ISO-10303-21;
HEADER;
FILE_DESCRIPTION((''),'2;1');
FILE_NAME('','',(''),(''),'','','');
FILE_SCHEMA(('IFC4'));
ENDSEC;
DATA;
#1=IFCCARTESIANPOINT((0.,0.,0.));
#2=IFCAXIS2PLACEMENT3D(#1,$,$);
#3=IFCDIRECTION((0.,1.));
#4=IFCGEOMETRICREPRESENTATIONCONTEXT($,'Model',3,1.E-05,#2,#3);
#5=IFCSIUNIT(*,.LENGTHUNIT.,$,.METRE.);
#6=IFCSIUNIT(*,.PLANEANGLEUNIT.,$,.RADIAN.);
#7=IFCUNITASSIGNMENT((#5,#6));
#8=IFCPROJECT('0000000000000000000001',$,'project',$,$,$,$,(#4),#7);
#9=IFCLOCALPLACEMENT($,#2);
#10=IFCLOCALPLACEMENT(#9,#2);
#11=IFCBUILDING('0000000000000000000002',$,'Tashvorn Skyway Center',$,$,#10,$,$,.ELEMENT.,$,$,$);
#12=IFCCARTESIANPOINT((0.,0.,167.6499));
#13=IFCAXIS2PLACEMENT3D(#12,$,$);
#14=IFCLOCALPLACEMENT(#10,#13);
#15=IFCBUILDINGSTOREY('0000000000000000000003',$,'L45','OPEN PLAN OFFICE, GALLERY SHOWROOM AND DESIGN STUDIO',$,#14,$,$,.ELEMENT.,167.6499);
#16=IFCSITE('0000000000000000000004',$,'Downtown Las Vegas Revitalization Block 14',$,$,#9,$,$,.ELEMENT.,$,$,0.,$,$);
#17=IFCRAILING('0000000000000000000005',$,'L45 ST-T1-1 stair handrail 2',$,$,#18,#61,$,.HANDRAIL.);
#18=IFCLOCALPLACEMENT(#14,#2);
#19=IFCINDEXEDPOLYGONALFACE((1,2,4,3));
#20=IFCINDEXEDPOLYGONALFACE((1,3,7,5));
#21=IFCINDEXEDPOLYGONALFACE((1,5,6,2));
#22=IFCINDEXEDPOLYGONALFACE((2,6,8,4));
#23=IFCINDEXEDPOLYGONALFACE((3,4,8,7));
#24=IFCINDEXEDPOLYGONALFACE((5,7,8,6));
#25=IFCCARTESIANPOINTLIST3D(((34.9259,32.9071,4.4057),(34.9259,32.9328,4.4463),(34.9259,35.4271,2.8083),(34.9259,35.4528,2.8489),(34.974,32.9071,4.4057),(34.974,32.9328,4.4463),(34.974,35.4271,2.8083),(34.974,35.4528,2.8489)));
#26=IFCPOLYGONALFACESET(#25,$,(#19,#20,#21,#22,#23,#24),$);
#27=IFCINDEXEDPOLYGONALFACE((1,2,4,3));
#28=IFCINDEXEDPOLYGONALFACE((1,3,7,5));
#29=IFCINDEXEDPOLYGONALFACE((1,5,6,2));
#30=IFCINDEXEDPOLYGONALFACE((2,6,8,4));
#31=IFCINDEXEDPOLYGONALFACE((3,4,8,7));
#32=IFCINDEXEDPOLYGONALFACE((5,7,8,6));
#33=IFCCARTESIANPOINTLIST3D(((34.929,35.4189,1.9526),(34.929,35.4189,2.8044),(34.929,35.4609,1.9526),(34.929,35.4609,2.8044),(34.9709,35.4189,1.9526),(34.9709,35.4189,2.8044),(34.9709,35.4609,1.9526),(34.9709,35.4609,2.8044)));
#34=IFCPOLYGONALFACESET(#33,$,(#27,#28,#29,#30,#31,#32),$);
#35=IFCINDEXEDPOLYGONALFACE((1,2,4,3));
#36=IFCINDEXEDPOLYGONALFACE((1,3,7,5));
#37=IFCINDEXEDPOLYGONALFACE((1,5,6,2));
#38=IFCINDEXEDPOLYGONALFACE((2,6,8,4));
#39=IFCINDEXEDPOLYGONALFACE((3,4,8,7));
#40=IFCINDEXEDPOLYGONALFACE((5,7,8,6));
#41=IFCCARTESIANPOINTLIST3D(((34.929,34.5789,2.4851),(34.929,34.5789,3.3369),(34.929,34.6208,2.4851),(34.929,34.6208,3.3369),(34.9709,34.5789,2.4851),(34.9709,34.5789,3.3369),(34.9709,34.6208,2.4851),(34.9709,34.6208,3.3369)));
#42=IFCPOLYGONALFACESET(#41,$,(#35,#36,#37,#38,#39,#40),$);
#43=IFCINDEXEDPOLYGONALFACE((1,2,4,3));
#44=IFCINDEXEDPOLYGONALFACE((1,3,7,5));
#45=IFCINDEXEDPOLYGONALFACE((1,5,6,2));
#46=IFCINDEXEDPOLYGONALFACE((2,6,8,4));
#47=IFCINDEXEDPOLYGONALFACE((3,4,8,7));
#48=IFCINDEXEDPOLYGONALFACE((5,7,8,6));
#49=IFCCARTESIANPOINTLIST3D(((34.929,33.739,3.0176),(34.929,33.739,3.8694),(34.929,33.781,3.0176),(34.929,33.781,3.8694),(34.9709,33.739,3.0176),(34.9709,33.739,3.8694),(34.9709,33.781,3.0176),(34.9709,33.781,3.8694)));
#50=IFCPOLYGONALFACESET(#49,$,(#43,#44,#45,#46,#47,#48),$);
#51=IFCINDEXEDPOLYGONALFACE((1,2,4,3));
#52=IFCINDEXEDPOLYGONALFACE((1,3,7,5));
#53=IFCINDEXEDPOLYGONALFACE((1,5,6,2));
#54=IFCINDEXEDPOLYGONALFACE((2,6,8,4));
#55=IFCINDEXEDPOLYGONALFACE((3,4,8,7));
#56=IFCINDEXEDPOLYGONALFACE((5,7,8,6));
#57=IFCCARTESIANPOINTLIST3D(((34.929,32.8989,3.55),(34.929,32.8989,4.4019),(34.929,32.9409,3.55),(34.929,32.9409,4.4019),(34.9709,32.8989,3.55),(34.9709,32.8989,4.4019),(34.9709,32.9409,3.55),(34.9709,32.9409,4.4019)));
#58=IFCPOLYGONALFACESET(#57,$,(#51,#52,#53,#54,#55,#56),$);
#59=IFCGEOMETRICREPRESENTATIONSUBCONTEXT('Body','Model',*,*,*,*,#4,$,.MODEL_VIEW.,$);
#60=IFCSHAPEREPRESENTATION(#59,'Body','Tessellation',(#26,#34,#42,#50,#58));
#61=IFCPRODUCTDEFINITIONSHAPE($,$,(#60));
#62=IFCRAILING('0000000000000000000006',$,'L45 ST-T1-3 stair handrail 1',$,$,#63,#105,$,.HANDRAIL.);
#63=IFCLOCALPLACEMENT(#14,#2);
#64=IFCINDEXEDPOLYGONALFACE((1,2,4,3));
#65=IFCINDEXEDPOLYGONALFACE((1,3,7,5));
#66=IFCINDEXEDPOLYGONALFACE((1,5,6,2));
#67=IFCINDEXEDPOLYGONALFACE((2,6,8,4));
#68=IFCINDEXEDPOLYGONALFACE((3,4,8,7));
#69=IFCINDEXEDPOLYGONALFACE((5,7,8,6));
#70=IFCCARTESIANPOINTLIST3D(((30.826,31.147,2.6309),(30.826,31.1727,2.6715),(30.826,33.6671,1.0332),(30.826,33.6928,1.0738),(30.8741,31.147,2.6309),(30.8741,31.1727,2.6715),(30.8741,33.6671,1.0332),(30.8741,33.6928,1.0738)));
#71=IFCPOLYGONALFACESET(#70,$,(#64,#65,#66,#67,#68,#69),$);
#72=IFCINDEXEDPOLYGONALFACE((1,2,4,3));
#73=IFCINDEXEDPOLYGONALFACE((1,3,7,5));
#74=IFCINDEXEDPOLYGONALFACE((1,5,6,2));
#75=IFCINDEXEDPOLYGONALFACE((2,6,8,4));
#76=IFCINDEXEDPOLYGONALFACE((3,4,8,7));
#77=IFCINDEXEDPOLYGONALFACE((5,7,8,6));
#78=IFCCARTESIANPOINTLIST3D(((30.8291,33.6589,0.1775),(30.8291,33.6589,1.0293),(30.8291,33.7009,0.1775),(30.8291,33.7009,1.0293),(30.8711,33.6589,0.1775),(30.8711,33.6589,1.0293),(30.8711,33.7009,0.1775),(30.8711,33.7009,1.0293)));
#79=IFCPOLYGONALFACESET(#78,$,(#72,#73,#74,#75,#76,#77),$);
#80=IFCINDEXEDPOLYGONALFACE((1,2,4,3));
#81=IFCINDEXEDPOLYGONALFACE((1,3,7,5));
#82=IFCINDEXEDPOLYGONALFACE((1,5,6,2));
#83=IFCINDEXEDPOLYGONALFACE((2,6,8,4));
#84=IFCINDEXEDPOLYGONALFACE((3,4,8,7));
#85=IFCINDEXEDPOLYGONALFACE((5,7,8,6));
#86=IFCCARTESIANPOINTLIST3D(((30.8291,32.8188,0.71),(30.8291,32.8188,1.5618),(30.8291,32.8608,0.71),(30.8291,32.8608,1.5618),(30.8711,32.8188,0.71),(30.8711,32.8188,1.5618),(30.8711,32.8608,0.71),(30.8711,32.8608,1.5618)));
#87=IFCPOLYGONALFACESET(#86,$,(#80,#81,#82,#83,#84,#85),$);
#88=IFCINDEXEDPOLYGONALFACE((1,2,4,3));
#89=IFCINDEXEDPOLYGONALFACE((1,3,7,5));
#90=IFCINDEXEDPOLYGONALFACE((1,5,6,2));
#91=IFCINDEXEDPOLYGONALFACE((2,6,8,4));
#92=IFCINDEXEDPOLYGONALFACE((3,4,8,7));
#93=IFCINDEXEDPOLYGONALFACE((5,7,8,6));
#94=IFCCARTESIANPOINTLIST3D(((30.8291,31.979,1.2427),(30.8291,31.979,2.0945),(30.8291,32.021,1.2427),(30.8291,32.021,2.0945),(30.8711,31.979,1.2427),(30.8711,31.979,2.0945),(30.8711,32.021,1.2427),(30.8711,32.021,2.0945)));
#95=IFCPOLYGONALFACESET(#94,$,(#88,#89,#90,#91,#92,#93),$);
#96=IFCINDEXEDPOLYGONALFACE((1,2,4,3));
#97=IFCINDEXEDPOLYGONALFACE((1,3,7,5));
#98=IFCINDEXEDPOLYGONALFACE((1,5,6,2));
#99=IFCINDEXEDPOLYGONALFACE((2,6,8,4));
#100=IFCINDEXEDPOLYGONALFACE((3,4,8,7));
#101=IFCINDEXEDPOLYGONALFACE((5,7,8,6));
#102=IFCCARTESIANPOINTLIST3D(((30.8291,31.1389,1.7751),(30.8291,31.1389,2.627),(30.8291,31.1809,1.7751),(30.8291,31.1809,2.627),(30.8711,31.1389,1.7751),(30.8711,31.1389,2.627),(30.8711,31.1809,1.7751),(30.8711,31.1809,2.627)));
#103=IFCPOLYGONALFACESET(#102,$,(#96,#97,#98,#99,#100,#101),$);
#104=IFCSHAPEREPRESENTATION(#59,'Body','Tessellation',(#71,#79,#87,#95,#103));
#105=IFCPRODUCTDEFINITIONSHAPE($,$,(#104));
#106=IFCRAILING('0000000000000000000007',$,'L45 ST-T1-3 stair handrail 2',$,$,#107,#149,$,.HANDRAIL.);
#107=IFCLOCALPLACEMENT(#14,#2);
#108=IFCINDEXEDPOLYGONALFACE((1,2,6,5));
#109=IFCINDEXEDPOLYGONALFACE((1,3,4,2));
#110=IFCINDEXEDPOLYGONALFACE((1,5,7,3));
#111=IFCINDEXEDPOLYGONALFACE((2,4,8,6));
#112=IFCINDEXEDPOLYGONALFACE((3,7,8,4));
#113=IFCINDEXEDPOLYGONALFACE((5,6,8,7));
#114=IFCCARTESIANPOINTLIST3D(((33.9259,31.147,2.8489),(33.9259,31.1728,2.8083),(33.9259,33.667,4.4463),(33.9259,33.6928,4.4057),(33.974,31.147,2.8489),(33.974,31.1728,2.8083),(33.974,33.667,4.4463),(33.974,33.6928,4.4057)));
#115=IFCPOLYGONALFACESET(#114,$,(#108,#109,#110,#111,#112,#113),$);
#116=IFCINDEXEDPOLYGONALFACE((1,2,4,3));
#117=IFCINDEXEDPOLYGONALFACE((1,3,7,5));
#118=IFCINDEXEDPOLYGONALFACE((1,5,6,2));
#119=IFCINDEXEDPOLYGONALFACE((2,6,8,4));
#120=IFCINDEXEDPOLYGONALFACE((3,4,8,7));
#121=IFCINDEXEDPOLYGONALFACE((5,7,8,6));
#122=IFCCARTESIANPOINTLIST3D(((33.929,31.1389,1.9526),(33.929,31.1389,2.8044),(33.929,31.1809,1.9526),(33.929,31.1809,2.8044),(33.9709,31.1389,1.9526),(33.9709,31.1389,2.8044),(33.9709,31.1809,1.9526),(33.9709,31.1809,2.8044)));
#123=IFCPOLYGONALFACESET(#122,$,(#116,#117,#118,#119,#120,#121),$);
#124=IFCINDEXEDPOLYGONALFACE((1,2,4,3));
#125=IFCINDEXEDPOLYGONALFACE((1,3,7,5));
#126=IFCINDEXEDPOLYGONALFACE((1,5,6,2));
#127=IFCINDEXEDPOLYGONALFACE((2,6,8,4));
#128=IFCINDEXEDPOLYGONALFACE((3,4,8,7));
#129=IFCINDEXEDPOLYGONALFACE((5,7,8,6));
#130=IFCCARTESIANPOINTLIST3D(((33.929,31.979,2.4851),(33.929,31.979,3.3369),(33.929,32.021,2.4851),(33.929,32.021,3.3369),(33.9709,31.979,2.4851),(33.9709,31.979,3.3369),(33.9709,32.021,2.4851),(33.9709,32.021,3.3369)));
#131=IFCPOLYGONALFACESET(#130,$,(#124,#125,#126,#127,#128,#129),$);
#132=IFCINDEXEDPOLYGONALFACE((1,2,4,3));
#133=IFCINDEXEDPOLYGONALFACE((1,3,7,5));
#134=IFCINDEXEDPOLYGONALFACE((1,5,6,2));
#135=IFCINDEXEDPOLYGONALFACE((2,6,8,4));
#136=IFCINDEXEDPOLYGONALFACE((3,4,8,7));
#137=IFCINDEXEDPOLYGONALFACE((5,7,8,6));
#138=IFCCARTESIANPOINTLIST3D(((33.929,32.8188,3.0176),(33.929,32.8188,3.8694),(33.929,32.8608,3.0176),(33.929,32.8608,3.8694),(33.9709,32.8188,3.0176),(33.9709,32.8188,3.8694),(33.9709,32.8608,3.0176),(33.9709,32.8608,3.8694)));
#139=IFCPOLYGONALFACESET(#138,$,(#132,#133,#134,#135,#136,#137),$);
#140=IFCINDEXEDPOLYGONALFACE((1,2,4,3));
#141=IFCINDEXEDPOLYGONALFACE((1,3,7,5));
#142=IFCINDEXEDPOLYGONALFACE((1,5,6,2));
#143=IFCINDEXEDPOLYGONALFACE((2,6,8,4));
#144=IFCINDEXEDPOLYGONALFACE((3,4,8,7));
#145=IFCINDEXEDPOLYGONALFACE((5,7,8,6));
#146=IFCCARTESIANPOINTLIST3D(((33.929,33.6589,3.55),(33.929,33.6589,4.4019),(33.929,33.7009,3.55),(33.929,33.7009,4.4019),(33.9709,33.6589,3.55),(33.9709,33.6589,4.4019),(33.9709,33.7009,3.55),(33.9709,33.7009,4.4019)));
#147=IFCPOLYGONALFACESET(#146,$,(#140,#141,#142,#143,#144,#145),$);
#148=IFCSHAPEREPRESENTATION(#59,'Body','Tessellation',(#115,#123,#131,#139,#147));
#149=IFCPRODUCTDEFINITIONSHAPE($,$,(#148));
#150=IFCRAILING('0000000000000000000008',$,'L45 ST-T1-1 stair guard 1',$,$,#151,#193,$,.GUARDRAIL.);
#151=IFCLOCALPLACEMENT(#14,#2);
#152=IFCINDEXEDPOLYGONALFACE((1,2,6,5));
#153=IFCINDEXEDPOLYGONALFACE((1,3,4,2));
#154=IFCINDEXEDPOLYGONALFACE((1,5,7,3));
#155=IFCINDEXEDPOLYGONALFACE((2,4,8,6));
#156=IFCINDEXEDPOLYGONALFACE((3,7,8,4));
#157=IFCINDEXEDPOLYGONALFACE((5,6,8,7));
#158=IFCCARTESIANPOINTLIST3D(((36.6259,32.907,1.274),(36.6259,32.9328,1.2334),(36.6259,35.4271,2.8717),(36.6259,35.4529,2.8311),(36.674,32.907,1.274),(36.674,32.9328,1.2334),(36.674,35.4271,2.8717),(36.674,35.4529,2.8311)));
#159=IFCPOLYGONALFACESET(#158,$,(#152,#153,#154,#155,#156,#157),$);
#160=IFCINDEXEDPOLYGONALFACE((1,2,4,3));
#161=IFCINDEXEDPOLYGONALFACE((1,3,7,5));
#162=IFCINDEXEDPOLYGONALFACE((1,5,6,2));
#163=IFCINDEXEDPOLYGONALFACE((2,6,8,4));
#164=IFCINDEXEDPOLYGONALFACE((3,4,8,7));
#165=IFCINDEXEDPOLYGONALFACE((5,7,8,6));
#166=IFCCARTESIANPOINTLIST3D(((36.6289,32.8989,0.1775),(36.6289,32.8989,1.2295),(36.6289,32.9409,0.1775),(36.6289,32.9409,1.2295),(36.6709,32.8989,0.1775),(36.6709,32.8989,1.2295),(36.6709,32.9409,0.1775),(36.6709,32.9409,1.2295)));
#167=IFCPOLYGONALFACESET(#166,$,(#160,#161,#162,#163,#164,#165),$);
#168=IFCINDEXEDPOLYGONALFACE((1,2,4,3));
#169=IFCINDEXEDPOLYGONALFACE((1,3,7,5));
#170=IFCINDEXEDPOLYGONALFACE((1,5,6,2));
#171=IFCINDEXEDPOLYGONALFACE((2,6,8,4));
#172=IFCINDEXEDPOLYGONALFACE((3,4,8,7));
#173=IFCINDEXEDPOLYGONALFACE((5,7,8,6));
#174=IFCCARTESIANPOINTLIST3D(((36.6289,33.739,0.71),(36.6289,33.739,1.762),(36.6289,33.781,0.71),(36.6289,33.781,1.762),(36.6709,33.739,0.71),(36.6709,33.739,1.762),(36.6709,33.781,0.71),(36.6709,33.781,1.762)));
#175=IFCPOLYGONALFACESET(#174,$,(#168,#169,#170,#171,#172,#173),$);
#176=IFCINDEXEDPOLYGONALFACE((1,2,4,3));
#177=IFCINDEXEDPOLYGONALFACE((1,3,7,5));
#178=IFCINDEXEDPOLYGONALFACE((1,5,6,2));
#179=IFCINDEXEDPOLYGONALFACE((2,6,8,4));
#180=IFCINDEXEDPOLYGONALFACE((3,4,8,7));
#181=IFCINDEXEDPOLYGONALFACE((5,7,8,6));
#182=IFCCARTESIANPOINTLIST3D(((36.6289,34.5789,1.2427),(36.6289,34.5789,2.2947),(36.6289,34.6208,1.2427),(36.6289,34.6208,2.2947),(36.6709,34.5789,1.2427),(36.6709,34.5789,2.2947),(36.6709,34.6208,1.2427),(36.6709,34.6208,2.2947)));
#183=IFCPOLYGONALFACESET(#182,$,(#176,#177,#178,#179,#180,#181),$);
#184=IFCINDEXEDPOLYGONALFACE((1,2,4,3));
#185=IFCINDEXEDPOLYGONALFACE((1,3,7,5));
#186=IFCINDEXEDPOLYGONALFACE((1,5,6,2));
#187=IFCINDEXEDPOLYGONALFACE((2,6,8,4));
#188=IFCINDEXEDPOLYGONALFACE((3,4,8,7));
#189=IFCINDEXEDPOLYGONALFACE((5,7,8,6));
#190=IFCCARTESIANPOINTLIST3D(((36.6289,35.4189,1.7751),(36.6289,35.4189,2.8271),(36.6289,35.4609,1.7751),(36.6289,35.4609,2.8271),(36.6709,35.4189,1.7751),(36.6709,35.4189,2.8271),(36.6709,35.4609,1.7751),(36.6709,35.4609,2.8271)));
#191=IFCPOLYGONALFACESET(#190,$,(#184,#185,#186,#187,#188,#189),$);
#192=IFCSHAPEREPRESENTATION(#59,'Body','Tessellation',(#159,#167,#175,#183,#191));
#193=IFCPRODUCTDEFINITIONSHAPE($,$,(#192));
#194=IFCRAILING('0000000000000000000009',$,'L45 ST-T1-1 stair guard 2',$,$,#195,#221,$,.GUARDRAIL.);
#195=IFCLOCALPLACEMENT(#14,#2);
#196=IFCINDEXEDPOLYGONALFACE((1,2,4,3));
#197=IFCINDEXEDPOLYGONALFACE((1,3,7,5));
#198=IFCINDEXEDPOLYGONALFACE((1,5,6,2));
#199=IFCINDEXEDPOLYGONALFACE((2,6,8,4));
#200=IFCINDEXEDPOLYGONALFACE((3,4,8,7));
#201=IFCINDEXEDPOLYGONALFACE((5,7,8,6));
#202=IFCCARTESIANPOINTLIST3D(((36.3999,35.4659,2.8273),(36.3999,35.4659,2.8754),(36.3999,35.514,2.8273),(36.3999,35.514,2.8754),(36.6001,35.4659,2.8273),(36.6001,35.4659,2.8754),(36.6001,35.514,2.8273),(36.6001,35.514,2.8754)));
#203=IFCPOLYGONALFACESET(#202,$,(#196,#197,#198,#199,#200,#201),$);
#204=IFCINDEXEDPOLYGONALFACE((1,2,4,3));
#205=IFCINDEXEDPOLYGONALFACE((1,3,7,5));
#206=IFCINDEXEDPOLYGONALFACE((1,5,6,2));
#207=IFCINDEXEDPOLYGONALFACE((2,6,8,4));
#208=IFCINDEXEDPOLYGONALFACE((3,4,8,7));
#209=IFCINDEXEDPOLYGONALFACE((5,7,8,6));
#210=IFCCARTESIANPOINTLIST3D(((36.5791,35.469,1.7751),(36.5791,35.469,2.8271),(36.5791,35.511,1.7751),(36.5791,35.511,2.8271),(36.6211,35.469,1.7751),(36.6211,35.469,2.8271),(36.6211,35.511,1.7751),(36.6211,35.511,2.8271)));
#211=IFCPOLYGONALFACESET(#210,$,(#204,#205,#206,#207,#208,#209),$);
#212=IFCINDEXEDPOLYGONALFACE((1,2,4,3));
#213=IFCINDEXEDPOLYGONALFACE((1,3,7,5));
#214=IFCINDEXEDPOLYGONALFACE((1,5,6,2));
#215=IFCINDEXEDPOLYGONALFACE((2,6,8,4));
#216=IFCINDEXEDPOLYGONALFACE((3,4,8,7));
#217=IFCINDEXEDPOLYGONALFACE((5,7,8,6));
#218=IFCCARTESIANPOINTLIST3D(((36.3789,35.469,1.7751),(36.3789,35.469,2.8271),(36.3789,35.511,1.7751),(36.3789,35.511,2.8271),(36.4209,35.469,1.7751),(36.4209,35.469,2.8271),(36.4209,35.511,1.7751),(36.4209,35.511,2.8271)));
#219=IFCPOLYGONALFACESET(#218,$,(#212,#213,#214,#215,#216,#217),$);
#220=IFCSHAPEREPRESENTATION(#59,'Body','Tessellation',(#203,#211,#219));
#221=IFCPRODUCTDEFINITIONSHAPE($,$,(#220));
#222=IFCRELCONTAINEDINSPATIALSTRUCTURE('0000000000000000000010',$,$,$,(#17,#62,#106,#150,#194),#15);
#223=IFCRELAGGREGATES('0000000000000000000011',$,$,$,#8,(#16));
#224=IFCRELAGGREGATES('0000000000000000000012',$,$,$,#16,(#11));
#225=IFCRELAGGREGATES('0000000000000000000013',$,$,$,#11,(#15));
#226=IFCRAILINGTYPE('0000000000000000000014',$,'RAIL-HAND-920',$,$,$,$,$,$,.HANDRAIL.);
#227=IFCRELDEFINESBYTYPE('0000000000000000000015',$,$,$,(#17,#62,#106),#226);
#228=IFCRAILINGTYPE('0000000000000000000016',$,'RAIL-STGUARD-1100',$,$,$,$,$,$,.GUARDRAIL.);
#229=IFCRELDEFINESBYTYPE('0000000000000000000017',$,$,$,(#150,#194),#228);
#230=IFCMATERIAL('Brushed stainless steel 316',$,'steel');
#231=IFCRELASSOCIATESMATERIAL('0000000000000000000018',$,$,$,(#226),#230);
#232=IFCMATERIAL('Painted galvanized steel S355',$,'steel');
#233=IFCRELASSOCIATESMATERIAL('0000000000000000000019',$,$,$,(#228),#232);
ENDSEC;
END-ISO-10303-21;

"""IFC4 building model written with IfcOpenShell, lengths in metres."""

from ifc_helpers import new_model, si_unit, direction, frame, origin, origin_2d, place, context, subcontext, project, spatial, rectangle, extrude, material, type_object, element, save


model = new_model("IFC4")

# Units and contexts
model_context = context("Model", 3, precision=1e-05, world=origin(), true_north=direction((0.0, 1.0)))
body_context = subcontext(model_context, "Body", "Model", "MODEL_VIEW")
ifc_project = project(units=[si_unit("LENGTHUNIT", "METRE"), si_unit("PLANEANGLEUNIT", "RADIAN")], contexts=[model_context])

# Site, building, storey
site_placement = place(None, origin())
site = spatial("IfcSite", under=ifc_project, at=site_placement, Name="Downtown Las Vegas Revitalization Block 14", CompositionType="ELEMENT", RefElevation=0.0)
building_placement = place(site_placement, origin())
building = spatial("IfcBuilding", under=site, at=building_placement, Name="Tashvorn Skyway Center", CompositionType="ELEMENT")
storey_placement = place(building_placement, frame((0.0, 0.0, 167.6499)))
storey = spatial("IfcBuildingStorey", under=building, at=storey_placement, Name="L45", Description="OPEN PLAN OFFICE, GALLERY SHOWROOM AND DESIGN STUDIO", CompositionType="ELEMENT", Elevation=167.6499)

# Railings
ifc_material_1 = material(Name="Brushed stainless steel 316", Category="steel")
railing_type_1 = type_object("IfcRailingType", Name="RAIL-HAND-920", PredefinedType="HANDRAIL", material=ifc_material_1)
railing_1_placement = place(storey_placement, frame((34.95, 35.4399, 1.9526)))
element("IfcRailing", 1, at=railing_1_placement, inside=storey, type_object=railing_type_1, Name="L45 ST-T1-1 stair handrail 2", PredefinedType="HANDRAIL", context=body_context, shape_type="SweptSolid", body=[
    extrude(rectangle(XDim=0.0481, YDim=0.0481, at=origin_2d()), frame((0.0, 0.0, 0.876), z_axis=(0.0, -0.844607, 0.535387), x_axis=(1.0, 0.0, 0.0)), (0.0, 0.0, 1.0), 2.9836),
    extrude(rectangle(XDim=0.042, YDim=0.042, at=origin_2d()), origin(), (0.0, 0.0, 1.0), 0.8518),
    extrude(rectangle(XDim=0.042, YDim=0.042, at=origin_2d()), frame((0.0, -0.8401, 0.5325)), (0.0, 0.0, 1.0), 0.8518),
    extrude(rectangle(XDim=0.042, YDim=0.042, at=origin_2d()), frame((0.0, -1.6799, 1.0649)), (0.0, 0.0, 1.0), 0.8518),
    extrude(rectangle(XDim=0.042, YDim=0.042, at=origin_2d()), frame((0.0, -2.52, 1.5974)), (0.0, 0.0, 1.0), 0.8518),
])
railing_2_placement = place(storey_placement, frame((30.8501, 33.6799, 0.1775)))
element("IfcRailing", 2, at=railing_2_placement, inside=storey, type_object=railing_type_1, Name="L45 ST-T1-3 stair handrail 1", PredefinedType="HANDRAIL", context=body_context, shape_type="SweptSolid", body=[
    extrude(rectangle(XDim=0.0481, YDim=0.0481, at=origin_2d()), frame((0.0, 0.0, 0.876), z_axis=(0.0, -0.84457, 0.535445), x_axis=(1.0, 0.0, 0.0)), (0.0, 0.0, 1.0), 2.9839),
    extrude(rectangle(XDim=0.042, YDim=0.042, at=origin_2d()), origin(), (0.0, 0.0, 1.0), 0.8518),
    extrude(rectangle(XDim=0.042, YDim=0.042, at=origin_2d()), frame((0.0, -0.8401, 0.5325)), (0.0, 0.0, 1.0), 0.8518),
    extrude(rectangle(XDim=0.042, YDim=0.042, at=origin_2d()), frame((0.0, -1.6799, 1.0652)), (0.0, 0.0, 1.0), 0.8518),
    extrude(rectangle(XDim=0.042, YDim=0.042, at=origin_2d()), frame((0.0, -2.52, 1.5977)), (0.0, 0.0, 1.0), 0.8518),
])
railing_3_placement = place(storey_placement, frame((33.95, 31.1599, 1.9526)))
element("IfcRailing", 3, at=railing_3_placement, inside=storey, type_object=railing_type_1, Name="L45 ST-T1-3 stair handrail 2", PredefinedType="HANDRAIL", context=body_context, shape_type="SweptSolid", body=[
    extrude(rectangle(XDim=0.0481, YDim=0.0481, at=origin_2d()), frame((0.0, 0.0, 0.876), z_axis=(0.0, 0.844607, 0.535387), x_axis=(-1.0, 0.0, 0.0)), (0.0, 0.0, 1.0), 2.9836),
    extrude(rectangle(XDim=0.042, YDim=0.042, at=origin_2d()), origin(), (0.0, 0.0, 1.0), 0.8518),
    extrude(rectangle(XDim=0.042, YDim=0.042, at=origin_2d()), frame((0.0, 0.8401, 0.5325)), (0.0, 0.0, 1.0), 0.8518),
    extrude(rectangle(XDim=0.042, YDim=0.042, at=origin_2d()), frame((0.0, 1.6799, 1.0649)), (0.0, 0.0, 1.0), 0.8518),
    extrude(rectangle(XDim=0.042, YDim=0.042, at=origin_2d()), frame((0.0, 2.52, 1.5974)), (0.0, 0.0, 1.0), 0.8518),
])
ifc_material_2 = material(Name="Painted galvanized steel S355", Category="steel")
railing_type_2 = type_object("IfcRailingType", Name="RAIL-STGUARD-1100", PredefinedType="GUARDRAIL", material=ifc_material_2)
railing_4_placement = place(storey_placement, frame((36.6499, 32.9199, 0.1775)))
element("IfcRailing", 4, at=railing_4_placement, inside=storey, type_object=railing_type_2, Name="L45 ST-T1-1 stair guard 1", PredefinedType="GUARDRAIL", context=body_context, shape_type="SweptSolid", body=[
    extrude(rectangle(XDim=0.0481, YDim=0.0481, at=origin_2d()), frame((0.0, 0.0, 1.0762), z_axis=(0.0, 0.84457, 0.535445), x_axis=(-1.0, 0.0, 0.0)), (0.0, 0.0, 1.0), 2.9839),
    extrude(rectangle(XDim=0.042, YDim=0.042, at=origin_2d()), origin(), (0.0, 0.0, 1.0), 1.052),
    extrude(rectangle(XDim=0.042, YDim=0.042, at=origin_2d()), frame((0.0, 0.8401, 0.5325)), (0.0, 0.0, 1.0), 1.052),
    extrude(rectangle(XDim=0.042, YDim=0.042, at=origin_2d()), frame((0.0, 1.6799, 1.0652)), (0.0, 0.0, 1.0), 1.052),
    extrude(rectangle(XDim=0.042, YDim=0.042, at=origin_2d()), frame((0.0, 2.52, 1.5977)), (0.0, 0.0, 1.0), 1.052),
])
railing_5_placement = place(storey_placement, frame((36.6001, 35.49, 1.7751)))
element("IfcRailing", 5, at=railing_5_placement, inside=storey, type_object=railing_type_2, Name="L45 ST-T1-1 stair guard 2", PredefinedType="GUARDRAIL", context=body_context, shape_type="SweptSolid", body=[
    extrude(rectangle(XDim=0.0481, YDim=0.0481, at=origin_2d()), frame((0.0, 0.0, 1.0762), z_axis=(-1.0, 0.0, 0.0), x_axis=(0.0, -1.0, 0.0)), (0.0, 0.0, 1.0), 0.2002),
    extrude(rectangle(XDim=0.042, YDim=0.042, at=origin_2d()), origin(), (0.0, 0.0, 1.0), 1.052),
    extrude(rectangle(XDim=0.042, YDim=0.042, at=origin_2d()), frame((-0.2002, 0.0, 0.0)), (0.0, 0.0, 1.0), 1.052),
])

save(model, "model.ifc")
